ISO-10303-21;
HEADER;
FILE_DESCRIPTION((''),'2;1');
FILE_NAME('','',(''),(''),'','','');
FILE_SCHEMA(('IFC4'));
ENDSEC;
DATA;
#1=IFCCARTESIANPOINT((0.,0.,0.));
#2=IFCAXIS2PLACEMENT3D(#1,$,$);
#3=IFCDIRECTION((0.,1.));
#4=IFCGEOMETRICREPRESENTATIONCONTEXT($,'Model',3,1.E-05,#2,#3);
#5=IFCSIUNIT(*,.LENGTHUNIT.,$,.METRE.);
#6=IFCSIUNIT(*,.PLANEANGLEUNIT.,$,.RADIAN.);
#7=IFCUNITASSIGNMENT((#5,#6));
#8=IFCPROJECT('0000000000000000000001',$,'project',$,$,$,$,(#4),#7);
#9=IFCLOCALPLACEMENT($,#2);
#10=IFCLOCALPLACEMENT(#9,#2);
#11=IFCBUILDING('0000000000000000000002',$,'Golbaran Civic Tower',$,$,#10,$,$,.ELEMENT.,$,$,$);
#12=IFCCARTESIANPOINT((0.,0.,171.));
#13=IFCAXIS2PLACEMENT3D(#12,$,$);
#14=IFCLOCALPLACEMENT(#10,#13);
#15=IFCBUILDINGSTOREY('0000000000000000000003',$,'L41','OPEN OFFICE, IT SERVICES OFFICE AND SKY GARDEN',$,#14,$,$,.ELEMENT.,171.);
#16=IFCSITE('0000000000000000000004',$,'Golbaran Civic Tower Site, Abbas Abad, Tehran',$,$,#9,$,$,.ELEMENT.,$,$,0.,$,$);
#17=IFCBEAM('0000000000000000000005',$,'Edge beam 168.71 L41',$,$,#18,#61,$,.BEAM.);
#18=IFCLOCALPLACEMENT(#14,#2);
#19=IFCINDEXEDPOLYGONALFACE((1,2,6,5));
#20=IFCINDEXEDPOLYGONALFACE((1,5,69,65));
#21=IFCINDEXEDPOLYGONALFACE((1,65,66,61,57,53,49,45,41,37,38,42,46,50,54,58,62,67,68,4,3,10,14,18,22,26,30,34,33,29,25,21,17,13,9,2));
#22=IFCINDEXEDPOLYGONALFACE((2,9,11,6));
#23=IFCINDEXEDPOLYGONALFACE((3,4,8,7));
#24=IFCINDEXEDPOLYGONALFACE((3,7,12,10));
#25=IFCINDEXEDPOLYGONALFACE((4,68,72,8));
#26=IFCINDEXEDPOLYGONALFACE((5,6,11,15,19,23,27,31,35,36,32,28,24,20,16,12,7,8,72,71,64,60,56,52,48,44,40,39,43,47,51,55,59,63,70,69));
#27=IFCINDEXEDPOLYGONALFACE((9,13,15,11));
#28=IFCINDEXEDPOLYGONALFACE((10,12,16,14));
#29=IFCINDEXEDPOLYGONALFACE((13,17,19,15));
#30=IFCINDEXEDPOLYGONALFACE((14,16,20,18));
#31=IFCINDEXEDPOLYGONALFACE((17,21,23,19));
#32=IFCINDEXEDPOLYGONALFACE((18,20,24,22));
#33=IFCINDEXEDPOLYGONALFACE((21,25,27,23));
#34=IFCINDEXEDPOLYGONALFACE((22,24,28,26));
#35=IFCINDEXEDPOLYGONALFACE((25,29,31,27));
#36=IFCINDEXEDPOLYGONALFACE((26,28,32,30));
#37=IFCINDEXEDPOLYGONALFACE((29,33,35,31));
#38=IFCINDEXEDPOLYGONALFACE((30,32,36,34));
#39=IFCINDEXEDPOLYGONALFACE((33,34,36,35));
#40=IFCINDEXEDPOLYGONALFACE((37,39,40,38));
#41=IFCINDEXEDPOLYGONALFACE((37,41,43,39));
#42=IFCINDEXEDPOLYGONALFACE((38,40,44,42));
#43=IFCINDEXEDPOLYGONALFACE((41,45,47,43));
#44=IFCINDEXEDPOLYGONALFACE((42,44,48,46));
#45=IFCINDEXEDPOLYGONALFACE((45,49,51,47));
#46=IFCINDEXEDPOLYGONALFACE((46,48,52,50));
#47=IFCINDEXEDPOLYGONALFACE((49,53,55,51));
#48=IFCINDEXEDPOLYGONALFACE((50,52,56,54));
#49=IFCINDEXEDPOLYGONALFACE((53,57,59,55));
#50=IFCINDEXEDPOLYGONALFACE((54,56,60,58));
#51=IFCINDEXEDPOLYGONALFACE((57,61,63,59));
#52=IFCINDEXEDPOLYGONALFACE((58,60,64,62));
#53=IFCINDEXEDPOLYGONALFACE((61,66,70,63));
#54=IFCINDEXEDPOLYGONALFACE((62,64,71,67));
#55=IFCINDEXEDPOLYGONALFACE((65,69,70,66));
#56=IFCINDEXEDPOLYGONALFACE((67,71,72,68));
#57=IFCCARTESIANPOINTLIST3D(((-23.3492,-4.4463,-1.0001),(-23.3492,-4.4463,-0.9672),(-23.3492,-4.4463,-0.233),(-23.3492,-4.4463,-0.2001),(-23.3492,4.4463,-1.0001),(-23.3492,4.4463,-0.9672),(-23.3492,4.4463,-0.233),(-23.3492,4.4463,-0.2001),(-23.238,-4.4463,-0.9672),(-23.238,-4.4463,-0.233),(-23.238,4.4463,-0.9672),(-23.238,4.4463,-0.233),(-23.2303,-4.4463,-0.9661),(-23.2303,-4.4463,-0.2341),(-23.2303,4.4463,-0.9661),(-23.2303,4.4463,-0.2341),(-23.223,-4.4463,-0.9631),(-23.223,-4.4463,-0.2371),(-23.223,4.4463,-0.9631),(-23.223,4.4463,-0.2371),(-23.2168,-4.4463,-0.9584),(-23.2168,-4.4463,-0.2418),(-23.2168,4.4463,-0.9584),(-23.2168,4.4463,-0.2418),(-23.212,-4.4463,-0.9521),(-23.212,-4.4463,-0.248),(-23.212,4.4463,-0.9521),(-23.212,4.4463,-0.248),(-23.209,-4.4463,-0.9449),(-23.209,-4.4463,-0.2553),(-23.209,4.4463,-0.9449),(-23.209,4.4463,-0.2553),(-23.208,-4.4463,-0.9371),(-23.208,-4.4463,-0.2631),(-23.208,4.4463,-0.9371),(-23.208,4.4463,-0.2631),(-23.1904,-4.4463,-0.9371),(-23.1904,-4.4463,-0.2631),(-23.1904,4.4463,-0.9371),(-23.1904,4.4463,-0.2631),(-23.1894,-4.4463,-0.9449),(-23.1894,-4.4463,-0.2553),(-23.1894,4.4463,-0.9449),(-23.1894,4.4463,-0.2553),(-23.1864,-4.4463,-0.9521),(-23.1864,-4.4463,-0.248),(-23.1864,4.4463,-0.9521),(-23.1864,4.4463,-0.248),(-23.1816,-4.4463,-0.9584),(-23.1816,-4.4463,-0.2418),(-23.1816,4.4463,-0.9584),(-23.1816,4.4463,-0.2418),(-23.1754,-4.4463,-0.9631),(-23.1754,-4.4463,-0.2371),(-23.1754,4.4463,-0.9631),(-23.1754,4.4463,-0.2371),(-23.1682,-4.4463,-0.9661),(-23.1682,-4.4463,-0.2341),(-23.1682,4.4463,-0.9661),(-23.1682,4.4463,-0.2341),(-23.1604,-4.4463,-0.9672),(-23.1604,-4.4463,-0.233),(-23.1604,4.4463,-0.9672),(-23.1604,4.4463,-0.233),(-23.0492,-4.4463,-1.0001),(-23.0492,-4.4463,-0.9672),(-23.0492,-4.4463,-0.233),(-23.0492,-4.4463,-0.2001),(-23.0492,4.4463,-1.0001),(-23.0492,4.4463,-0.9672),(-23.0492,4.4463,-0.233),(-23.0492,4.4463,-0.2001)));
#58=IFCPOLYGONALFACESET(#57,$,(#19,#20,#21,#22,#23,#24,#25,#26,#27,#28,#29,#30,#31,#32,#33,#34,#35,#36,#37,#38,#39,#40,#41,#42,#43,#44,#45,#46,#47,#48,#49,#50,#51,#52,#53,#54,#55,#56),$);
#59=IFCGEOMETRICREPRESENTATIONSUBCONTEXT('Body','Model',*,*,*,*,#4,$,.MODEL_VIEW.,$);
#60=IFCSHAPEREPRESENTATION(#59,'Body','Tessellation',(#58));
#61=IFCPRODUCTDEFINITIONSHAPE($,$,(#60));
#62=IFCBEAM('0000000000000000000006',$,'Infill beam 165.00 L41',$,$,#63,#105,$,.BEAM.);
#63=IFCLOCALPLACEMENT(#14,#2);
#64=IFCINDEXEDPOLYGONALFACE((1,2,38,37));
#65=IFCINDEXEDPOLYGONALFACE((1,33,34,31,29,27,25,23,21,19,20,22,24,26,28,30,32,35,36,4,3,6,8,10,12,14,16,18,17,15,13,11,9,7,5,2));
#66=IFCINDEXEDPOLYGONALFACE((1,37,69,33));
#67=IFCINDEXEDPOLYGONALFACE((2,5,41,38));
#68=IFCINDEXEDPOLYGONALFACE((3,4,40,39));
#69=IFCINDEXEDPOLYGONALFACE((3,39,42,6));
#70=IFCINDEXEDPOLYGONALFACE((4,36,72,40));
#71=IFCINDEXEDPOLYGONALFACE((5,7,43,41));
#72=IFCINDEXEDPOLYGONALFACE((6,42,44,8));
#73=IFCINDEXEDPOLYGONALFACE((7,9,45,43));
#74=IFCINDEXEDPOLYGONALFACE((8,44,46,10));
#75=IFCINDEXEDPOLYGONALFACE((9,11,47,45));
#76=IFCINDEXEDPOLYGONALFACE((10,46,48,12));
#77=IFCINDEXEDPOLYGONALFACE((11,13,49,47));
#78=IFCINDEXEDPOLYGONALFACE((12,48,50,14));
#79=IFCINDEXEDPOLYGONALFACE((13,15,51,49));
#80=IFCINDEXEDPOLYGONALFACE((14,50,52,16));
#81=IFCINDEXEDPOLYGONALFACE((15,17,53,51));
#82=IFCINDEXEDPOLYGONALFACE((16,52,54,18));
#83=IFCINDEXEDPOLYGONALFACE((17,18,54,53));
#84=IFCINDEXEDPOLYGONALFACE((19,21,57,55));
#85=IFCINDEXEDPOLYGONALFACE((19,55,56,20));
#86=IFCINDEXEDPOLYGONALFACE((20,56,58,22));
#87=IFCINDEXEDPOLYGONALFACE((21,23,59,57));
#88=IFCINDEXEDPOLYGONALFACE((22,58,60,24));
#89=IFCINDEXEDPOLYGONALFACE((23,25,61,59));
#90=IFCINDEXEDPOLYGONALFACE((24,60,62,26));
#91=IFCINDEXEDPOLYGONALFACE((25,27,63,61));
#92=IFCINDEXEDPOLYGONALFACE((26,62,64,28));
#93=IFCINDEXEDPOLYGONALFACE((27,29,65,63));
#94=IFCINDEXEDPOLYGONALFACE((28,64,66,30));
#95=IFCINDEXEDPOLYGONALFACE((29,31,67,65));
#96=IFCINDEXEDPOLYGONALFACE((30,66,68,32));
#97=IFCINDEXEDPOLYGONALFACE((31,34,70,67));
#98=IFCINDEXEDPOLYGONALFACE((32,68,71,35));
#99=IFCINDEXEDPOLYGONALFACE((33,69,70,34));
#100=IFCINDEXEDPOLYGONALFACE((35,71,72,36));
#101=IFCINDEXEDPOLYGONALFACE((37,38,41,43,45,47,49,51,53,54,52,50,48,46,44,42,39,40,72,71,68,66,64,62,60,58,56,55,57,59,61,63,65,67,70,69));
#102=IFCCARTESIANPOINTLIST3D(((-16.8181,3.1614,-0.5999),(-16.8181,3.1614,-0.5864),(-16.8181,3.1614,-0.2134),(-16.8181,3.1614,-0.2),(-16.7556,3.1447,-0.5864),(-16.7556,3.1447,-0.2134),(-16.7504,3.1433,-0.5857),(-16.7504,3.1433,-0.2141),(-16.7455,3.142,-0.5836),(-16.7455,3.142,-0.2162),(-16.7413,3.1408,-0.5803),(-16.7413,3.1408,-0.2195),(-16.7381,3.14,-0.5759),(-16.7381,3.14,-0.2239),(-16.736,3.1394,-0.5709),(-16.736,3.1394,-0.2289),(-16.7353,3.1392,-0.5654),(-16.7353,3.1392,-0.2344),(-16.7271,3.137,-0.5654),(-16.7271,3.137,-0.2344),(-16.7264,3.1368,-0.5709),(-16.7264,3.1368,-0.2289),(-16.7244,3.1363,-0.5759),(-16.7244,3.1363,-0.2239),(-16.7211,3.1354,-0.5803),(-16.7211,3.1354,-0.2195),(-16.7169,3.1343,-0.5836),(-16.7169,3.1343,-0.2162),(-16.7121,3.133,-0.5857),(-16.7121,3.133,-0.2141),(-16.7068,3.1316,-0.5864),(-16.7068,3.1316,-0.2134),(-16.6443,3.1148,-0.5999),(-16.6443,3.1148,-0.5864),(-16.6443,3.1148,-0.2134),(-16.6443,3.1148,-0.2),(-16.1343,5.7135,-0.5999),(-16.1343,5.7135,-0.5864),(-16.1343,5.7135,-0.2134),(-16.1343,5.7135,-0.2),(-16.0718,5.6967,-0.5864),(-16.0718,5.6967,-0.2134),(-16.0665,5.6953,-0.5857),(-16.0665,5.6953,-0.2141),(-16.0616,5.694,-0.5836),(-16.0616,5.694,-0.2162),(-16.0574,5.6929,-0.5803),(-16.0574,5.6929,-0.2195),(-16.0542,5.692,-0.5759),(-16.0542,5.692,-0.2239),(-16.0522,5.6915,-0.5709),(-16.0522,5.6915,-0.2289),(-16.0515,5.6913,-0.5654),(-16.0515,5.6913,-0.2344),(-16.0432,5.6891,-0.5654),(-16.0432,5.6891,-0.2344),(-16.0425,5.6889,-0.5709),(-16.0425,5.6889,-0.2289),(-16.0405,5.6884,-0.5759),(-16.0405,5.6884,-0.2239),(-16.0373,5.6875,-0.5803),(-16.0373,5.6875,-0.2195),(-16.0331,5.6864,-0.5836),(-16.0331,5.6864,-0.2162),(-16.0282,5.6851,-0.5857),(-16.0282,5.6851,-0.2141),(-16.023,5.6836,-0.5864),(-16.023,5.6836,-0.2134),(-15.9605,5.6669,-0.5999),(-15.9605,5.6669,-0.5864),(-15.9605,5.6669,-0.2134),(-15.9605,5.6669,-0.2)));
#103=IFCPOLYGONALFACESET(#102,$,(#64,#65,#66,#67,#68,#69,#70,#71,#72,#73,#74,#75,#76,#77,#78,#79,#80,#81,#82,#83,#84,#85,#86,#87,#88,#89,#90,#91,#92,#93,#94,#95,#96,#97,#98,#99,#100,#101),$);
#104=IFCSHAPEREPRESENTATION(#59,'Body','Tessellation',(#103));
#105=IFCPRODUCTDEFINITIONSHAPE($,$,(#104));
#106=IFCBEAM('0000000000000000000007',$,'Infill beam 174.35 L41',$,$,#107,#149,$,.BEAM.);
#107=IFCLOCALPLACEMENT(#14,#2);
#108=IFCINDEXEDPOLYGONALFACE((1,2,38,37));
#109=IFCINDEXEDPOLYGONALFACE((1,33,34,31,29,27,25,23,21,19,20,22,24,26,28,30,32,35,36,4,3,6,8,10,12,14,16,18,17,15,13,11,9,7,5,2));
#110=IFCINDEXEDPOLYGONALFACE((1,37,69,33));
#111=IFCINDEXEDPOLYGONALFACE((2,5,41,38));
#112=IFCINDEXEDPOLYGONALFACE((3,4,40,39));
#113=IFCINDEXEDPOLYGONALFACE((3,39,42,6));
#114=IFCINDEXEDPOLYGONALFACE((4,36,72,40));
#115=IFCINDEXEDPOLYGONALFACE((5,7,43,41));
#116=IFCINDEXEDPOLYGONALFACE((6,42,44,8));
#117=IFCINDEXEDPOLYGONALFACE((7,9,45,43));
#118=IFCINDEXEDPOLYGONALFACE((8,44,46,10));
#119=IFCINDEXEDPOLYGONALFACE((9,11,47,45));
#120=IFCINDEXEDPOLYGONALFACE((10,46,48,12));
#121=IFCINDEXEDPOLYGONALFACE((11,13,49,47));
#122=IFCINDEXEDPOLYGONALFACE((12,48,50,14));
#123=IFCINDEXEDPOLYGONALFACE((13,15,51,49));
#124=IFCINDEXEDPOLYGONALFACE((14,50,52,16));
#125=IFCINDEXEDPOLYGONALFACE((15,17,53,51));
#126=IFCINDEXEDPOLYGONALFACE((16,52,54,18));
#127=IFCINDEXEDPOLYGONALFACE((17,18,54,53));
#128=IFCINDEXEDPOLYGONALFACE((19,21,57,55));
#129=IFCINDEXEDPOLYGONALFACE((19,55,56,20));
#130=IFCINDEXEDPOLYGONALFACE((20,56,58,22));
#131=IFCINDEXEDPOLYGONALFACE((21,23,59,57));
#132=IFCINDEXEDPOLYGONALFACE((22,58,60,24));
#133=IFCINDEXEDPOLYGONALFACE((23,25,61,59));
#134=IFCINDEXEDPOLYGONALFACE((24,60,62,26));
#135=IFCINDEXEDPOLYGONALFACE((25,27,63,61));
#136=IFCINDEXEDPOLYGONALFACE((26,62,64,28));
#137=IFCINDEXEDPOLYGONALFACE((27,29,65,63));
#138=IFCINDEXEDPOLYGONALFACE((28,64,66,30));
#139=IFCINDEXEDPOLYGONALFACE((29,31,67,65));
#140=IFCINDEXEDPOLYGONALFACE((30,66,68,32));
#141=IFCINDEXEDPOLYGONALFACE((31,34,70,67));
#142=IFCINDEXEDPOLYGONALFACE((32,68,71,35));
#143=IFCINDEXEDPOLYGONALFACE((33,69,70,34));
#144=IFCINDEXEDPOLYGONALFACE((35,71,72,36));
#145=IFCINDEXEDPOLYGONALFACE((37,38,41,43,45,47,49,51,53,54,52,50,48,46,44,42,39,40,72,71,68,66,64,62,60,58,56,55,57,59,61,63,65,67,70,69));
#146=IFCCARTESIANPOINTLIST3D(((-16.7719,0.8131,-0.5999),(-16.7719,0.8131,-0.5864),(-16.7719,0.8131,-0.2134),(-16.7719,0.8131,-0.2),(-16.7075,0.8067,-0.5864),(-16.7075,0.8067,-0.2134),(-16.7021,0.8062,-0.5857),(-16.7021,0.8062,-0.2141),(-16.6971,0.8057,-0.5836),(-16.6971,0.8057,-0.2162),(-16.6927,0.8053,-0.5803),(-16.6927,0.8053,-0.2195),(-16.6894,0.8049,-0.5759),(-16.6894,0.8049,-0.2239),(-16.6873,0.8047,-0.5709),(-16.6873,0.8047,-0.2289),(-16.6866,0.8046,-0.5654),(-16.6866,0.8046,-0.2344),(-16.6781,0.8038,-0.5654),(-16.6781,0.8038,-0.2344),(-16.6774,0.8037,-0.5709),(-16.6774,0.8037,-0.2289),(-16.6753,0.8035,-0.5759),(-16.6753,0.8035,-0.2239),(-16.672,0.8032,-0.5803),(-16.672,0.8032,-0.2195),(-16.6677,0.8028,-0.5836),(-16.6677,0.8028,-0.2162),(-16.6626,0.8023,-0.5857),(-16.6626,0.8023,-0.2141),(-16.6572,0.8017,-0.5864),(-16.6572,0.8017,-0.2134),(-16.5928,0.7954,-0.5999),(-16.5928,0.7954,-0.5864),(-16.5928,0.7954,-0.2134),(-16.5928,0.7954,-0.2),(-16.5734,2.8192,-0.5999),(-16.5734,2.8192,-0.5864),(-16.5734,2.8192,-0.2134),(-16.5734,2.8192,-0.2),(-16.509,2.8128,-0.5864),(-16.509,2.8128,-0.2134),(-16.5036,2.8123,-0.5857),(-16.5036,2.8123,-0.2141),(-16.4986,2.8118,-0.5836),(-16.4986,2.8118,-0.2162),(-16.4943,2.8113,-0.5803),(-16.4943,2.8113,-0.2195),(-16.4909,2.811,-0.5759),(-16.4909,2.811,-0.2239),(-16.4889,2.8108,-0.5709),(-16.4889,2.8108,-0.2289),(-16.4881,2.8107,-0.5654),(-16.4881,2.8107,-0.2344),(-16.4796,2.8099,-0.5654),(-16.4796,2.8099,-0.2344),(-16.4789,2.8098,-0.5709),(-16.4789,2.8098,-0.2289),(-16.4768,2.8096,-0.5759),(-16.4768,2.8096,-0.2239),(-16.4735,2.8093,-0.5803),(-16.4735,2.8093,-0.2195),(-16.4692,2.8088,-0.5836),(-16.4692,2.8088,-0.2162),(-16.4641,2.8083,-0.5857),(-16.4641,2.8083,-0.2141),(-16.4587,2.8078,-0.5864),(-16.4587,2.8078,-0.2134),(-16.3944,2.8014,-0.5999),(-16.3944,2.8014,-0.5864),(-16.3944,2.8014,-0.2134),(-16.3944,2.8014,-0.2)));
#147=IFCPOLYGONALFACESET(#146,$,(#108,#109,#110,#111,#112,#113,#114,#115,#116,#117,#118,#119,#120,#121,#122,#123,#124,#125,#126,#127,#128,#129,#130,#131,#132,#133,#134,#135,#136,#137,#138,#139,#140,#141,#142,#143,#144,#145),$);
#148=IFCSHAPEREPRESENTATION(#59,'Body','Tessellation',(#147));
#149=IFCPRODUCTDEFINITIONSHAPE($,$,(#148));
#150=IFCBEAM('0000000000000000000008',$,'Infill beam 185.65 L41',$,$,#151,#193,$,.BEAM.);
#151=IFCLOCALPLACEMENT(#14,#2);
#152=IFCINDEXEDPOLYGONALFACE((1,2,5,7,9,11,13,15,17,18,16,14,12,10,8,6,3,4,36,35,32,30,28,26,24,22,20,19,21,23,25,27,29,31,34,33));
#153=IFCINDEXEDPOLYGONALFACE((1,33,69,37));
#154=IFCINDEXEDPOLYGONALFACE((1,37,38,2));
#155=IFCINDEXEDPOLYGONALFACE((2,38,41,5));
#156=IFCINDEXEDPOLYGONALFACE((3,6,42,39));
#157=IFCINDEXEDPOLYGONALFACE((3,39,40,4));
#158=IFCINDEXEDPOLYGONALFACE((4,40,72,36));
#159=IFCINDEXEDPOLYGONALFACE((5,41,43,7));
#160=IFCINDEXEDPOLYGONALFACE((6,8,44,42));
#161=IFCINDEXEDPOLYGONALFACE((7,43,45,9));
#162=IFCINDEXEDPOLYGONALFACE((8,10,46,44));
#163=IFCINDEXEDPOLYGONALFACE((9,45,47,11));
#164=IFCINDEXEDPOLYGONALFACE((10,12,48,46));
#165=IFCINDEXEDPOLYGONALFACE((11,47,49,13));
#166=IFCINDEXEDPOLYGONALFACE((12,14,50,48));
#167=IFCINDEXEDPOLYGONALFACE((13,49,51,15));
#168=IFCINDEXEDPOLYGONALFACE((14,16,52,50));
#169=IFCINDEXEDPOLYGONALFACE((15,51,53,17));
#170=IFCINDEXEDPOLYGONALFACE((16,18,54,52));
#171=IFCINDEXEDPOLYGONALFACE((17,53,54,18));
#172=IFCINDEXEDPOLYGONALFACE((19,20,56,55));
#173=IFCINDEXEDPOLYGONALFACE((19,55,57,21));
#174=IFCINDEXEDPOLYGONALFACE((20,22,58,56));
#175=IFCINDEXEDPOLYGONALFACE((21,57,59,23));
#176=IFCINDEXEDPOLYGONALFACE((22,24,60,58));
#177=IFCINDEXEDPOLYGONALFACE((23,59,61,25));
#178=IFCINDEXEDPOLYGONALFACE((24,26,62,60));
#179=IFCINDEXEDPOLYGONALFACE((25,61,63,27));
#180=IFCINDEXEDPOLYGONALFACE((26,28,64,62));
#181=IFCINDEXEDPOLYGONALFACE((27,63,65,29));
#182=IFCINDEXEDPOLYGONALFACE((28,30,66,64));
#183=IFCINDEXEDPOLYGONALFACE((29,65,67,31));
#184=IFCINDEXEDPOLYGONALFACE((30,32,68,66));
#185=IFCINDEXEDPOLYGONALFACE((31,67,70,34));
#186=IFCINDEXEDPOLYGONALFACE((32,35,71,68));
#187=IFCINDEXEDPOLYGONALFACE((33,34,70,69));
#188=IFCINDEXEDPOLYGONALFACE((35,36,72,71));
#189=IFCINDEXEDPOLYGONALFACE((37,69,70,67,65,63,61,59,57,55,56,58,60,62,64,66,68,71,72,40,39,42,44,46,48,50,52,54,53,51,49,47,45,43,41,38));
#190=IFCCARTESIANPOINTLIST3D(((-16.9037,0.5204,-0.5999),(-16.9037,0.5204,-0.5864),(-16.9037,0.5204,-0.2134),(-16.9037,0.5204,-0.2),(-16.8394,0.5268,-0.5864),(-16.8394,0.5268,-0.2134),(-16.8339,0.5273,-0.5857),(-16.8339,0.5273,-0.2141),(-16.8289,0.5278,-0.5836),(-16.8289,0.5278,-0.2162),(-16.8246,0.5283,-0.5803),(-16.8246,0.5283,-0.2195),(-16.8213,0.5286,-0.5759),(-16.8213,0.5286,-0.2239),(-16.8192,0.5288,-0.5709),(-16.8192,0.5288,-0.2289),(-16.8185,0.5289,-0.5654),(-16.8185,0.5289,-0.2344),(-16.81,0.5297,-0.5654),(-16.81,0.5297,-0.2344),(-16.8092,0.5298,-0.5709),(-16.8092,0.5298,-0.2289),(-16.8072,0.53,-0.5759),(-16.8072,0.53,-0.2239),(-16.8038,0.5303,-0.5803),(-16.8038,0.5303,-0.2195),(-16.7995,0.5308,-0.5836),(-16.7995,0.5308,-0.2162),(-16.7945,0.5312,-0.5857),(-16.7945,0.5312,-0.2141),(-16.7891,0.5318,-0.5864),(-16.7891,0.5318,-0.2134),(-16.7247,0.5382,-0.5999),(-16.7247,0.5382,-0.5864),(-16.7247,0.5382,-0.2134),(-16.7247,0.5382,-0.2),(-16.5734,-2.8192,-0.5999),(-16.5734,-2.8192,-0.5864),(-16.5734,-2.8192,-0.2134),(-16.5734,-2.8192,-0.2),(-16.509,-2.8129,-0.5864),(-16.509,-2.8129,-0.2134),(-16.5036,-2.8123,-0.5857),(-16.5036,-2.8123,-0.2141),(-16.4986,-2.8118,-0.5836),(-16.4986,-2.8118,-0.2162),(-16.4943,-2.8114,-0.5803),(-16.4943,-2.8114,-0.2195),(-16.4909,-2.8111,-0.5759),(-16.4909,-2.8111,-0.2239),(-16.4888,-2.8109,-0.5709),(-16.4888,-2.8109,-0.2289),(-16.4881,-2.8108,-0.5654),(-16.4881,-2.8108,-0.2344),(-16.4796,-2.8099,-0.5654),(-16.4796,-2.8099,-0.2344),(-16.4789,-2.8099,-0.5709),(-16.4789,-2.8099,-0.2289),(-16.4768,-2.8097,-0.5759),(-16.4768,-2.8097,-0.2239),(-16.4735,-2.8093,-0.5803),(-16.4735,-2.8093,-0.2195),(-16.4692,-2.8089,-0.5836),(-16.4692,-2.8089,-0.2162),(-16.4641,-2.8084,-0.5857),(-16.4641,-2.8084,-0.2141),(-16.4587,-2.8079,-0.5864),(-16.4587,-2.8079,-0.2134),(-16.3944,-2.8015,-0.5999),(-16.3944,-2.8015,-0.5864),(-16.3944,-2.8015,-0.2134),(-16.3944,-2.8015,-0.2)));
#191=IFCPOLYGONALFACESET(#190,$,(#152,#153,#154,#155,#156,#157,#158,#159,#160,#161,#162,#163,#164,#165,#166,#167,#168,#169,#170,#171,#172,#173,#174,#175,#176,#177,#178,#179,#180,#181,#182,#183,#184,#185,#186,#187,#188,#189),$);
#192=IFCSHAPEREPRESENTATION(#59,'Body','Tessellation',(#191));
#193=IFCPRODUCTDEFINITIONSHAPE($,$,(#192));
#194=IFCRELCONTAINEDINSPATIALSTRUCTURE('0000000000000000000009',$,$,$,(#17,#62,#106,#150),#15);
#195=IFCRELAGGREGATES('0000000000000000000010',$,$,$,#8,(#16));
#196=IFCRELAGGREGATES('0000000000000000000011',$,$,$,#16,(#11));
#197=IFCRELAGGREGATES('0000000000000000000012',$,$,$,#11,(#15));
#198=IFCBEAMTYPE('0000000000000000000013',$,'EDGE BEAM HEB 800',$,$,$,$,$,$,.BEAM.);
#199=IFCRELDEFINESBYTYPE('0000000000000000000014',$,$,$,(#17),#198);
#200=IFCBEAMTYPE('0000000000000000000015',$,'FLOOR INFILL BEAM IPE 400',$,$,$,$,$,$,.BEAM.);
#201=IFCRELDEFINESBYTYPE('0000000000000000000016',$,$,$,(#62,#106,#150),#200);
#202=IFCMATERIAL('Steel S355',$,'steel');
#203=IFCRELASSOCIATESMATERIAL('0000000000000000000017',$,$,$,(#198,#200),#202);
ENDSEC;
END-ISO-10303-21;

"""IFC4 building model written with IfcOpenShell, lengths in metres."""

from ifc_helpers import new_model, si_unit, direction, frame, origin, origin_2d, place, context, subcontext, project, spatial, i_section, extrude, material, material_profile, profile_set, type_object, element, save


model = new_model("IFC4")

# Units and contexts
model_context = context("Model", 3, precision=1e-05, world=origin(), true_north=direction((0.0, 1.0)))
body_context = subcontext(model_context, "Body", "Model", "MODEL_VIEW")
ifc_project = project(units=[si_unit("LENGTHUNIT", "METRE"), si_unit("PLANEANGLEUNIT", "RADIAN")], contexts=[model_context])

# Site, building, storey
site_placement = place(None, origin())
site = spatial("IfcSite", under=ifc_project, at=site_placement, Name="Golbaran Civic Tower Site, Abbas Abad, Tehran", CompositionType="ELEMENT", RefElevation=0.0)
building_placement = place(site_placement, origin())
building = spatial("IfcBuilding", under=site, at=building_placement, Name="Golbaran Civic Tower", CompositionType="ELEMENT")
storey_placement = place(building_placement, frame((0.0, 0.0, 171.0)))
storey = spatial("IfcBuildingStorey", under=building, at=storey_placement, Name="L41", Description="OPEN OFFICE, IT SERVICES OFFICE AND SKY GARDEN", CompositionType="ELEMENT", Elevation=171.0)

# Beams
ifc_material_1 = material(Name="Steel S355", Category="steel")
ifc_material_profile_1 = material_profile(ifc_material_1, i_section(OverallWidth=0.3, OverallDepth=0.8, WebThickness=0.0176, FlangeThickness=0.033, FilletRadius=0.03, at=origin_2d()), Name="HEB 800")
ifc_profile_set_1 = profile_set([ifc_material_profile_1], Name="Steel S355")
beam_type_1 = type_object("IfcBeamType", Name="EDGE BEAM HEB 800", PredefinedType="BEAM", material=ifc_profile_set_1)
beam_1_placement = place(storey_placement, frame((-23.1992, 4.4463, -0.6001), z_axis=(0.0, -1.0, 0.0), x_axis=(1.0, 0.0, 0.0)))
element("IfcBeam", 1, at=beam_1_placement, inside=storey, type_object=beam_type_1, Name="Edge beam 168.71 L41", PredefinedType="BEAM", context=body_context, shape_type="SweptSolid", body=[
    extrude(i_section(OverallWidth=0.3, OverallDepth=0.8, WebThickness=0.0176, FlangeThickness=0.033, FilletRadius=0.03, at=origin_2d()), origin(), (0.0, 0.0, 1.0), 8.8926),
])
ifc_material_profile_2 = material_profile(ifc_material_1, i_section(OverallWidth=0.1799, OverallDepth=0.3999, WebThickness=0.0085, FlangeThickness=0.0134, FilletRadius=0.021, at=origin_2d()), Name="IPE 400")
ifc_profile_set_2 = profile_set([ifc_material_profile_2], Name="Steel S355")
beam_type_2 = type_object("IfcBeamType", Name="FLOOR INFILL BEAM IPE 400", PredefinedType="BEAM", material=ifc_profile_set_2)
beam_2_placement = place(storey_placement, frame((-16.0474, 5.6902, -0.3999), z_axis=(-0.25883, -0.965923, 0.0), x_axis=(0.965923, -0.25883, 0.0)))
element("IfcBeam", 2, at=beam_2_placement, inside=storey, type_object=beam_type_2, Name="Infill beam 165.00 L41", PredefinedType="BEAM", context=body_context, shape_type="SweptSolid", body=[
    extrude(i_section(OverallWidth=0.1799, OverallDepth=0.3999, WebThickness=0.0085, FlangeThickness=0.0134, FilletRadius=0.021, at=origin_2d()), origin(), (0.0, 0.0, 1.0), 2.6421),
])
beam_3_placement = place(storey_placement, frame((-16.4839, 2.8103, -0.3999), z_axis=(-0.09846, -0.995141, 0.0), x_axis=(0.995141, -0.09846, 0.0)))
element("IfcBeam", 3, at=beam_3_placement, inside=storey, type_object=beam_type_2, Name="Infill beam 174.35 L41", PredefinedType="BEAM", context=body_context, shape_type="SweptSolid", body=[
    extrude(i_section(OverallWidth=0.1799, OverallDepth=0.3999, WebThickness=0.0085, FlangeThickness=0.0134, FilletRadius=0.021, at=origin_2d()), origin(), (0.0, 0.0, 1.0), 2.0159),
])
beam_4_placement = place(storey_placement, frame((-16.8142, 0.5293, -0.3999), z_axis=(0.09843, -0.995144, 0.0), x_axis=(0.995144, 0.09843, 0.0)))
element("IfcBeam", 4, at=beam_4_placement, inside=storey, type_object=beam_type_2, Name="Infill beam 185.65 L41", PredefinedType="BEAM", context=body_context, shape_type="SweptSolid", body=[
    extrude(i_section(OverallWidth=0.1799, OverallDepth=0.3999, WebThickness=0.0085, FlangeThickness=0.0134, FilletRadius=0.021, at=origin_2d()), origin(), (0.0, 0.0, 1.0), 3.356),
])

save(model, "model.ifc")
